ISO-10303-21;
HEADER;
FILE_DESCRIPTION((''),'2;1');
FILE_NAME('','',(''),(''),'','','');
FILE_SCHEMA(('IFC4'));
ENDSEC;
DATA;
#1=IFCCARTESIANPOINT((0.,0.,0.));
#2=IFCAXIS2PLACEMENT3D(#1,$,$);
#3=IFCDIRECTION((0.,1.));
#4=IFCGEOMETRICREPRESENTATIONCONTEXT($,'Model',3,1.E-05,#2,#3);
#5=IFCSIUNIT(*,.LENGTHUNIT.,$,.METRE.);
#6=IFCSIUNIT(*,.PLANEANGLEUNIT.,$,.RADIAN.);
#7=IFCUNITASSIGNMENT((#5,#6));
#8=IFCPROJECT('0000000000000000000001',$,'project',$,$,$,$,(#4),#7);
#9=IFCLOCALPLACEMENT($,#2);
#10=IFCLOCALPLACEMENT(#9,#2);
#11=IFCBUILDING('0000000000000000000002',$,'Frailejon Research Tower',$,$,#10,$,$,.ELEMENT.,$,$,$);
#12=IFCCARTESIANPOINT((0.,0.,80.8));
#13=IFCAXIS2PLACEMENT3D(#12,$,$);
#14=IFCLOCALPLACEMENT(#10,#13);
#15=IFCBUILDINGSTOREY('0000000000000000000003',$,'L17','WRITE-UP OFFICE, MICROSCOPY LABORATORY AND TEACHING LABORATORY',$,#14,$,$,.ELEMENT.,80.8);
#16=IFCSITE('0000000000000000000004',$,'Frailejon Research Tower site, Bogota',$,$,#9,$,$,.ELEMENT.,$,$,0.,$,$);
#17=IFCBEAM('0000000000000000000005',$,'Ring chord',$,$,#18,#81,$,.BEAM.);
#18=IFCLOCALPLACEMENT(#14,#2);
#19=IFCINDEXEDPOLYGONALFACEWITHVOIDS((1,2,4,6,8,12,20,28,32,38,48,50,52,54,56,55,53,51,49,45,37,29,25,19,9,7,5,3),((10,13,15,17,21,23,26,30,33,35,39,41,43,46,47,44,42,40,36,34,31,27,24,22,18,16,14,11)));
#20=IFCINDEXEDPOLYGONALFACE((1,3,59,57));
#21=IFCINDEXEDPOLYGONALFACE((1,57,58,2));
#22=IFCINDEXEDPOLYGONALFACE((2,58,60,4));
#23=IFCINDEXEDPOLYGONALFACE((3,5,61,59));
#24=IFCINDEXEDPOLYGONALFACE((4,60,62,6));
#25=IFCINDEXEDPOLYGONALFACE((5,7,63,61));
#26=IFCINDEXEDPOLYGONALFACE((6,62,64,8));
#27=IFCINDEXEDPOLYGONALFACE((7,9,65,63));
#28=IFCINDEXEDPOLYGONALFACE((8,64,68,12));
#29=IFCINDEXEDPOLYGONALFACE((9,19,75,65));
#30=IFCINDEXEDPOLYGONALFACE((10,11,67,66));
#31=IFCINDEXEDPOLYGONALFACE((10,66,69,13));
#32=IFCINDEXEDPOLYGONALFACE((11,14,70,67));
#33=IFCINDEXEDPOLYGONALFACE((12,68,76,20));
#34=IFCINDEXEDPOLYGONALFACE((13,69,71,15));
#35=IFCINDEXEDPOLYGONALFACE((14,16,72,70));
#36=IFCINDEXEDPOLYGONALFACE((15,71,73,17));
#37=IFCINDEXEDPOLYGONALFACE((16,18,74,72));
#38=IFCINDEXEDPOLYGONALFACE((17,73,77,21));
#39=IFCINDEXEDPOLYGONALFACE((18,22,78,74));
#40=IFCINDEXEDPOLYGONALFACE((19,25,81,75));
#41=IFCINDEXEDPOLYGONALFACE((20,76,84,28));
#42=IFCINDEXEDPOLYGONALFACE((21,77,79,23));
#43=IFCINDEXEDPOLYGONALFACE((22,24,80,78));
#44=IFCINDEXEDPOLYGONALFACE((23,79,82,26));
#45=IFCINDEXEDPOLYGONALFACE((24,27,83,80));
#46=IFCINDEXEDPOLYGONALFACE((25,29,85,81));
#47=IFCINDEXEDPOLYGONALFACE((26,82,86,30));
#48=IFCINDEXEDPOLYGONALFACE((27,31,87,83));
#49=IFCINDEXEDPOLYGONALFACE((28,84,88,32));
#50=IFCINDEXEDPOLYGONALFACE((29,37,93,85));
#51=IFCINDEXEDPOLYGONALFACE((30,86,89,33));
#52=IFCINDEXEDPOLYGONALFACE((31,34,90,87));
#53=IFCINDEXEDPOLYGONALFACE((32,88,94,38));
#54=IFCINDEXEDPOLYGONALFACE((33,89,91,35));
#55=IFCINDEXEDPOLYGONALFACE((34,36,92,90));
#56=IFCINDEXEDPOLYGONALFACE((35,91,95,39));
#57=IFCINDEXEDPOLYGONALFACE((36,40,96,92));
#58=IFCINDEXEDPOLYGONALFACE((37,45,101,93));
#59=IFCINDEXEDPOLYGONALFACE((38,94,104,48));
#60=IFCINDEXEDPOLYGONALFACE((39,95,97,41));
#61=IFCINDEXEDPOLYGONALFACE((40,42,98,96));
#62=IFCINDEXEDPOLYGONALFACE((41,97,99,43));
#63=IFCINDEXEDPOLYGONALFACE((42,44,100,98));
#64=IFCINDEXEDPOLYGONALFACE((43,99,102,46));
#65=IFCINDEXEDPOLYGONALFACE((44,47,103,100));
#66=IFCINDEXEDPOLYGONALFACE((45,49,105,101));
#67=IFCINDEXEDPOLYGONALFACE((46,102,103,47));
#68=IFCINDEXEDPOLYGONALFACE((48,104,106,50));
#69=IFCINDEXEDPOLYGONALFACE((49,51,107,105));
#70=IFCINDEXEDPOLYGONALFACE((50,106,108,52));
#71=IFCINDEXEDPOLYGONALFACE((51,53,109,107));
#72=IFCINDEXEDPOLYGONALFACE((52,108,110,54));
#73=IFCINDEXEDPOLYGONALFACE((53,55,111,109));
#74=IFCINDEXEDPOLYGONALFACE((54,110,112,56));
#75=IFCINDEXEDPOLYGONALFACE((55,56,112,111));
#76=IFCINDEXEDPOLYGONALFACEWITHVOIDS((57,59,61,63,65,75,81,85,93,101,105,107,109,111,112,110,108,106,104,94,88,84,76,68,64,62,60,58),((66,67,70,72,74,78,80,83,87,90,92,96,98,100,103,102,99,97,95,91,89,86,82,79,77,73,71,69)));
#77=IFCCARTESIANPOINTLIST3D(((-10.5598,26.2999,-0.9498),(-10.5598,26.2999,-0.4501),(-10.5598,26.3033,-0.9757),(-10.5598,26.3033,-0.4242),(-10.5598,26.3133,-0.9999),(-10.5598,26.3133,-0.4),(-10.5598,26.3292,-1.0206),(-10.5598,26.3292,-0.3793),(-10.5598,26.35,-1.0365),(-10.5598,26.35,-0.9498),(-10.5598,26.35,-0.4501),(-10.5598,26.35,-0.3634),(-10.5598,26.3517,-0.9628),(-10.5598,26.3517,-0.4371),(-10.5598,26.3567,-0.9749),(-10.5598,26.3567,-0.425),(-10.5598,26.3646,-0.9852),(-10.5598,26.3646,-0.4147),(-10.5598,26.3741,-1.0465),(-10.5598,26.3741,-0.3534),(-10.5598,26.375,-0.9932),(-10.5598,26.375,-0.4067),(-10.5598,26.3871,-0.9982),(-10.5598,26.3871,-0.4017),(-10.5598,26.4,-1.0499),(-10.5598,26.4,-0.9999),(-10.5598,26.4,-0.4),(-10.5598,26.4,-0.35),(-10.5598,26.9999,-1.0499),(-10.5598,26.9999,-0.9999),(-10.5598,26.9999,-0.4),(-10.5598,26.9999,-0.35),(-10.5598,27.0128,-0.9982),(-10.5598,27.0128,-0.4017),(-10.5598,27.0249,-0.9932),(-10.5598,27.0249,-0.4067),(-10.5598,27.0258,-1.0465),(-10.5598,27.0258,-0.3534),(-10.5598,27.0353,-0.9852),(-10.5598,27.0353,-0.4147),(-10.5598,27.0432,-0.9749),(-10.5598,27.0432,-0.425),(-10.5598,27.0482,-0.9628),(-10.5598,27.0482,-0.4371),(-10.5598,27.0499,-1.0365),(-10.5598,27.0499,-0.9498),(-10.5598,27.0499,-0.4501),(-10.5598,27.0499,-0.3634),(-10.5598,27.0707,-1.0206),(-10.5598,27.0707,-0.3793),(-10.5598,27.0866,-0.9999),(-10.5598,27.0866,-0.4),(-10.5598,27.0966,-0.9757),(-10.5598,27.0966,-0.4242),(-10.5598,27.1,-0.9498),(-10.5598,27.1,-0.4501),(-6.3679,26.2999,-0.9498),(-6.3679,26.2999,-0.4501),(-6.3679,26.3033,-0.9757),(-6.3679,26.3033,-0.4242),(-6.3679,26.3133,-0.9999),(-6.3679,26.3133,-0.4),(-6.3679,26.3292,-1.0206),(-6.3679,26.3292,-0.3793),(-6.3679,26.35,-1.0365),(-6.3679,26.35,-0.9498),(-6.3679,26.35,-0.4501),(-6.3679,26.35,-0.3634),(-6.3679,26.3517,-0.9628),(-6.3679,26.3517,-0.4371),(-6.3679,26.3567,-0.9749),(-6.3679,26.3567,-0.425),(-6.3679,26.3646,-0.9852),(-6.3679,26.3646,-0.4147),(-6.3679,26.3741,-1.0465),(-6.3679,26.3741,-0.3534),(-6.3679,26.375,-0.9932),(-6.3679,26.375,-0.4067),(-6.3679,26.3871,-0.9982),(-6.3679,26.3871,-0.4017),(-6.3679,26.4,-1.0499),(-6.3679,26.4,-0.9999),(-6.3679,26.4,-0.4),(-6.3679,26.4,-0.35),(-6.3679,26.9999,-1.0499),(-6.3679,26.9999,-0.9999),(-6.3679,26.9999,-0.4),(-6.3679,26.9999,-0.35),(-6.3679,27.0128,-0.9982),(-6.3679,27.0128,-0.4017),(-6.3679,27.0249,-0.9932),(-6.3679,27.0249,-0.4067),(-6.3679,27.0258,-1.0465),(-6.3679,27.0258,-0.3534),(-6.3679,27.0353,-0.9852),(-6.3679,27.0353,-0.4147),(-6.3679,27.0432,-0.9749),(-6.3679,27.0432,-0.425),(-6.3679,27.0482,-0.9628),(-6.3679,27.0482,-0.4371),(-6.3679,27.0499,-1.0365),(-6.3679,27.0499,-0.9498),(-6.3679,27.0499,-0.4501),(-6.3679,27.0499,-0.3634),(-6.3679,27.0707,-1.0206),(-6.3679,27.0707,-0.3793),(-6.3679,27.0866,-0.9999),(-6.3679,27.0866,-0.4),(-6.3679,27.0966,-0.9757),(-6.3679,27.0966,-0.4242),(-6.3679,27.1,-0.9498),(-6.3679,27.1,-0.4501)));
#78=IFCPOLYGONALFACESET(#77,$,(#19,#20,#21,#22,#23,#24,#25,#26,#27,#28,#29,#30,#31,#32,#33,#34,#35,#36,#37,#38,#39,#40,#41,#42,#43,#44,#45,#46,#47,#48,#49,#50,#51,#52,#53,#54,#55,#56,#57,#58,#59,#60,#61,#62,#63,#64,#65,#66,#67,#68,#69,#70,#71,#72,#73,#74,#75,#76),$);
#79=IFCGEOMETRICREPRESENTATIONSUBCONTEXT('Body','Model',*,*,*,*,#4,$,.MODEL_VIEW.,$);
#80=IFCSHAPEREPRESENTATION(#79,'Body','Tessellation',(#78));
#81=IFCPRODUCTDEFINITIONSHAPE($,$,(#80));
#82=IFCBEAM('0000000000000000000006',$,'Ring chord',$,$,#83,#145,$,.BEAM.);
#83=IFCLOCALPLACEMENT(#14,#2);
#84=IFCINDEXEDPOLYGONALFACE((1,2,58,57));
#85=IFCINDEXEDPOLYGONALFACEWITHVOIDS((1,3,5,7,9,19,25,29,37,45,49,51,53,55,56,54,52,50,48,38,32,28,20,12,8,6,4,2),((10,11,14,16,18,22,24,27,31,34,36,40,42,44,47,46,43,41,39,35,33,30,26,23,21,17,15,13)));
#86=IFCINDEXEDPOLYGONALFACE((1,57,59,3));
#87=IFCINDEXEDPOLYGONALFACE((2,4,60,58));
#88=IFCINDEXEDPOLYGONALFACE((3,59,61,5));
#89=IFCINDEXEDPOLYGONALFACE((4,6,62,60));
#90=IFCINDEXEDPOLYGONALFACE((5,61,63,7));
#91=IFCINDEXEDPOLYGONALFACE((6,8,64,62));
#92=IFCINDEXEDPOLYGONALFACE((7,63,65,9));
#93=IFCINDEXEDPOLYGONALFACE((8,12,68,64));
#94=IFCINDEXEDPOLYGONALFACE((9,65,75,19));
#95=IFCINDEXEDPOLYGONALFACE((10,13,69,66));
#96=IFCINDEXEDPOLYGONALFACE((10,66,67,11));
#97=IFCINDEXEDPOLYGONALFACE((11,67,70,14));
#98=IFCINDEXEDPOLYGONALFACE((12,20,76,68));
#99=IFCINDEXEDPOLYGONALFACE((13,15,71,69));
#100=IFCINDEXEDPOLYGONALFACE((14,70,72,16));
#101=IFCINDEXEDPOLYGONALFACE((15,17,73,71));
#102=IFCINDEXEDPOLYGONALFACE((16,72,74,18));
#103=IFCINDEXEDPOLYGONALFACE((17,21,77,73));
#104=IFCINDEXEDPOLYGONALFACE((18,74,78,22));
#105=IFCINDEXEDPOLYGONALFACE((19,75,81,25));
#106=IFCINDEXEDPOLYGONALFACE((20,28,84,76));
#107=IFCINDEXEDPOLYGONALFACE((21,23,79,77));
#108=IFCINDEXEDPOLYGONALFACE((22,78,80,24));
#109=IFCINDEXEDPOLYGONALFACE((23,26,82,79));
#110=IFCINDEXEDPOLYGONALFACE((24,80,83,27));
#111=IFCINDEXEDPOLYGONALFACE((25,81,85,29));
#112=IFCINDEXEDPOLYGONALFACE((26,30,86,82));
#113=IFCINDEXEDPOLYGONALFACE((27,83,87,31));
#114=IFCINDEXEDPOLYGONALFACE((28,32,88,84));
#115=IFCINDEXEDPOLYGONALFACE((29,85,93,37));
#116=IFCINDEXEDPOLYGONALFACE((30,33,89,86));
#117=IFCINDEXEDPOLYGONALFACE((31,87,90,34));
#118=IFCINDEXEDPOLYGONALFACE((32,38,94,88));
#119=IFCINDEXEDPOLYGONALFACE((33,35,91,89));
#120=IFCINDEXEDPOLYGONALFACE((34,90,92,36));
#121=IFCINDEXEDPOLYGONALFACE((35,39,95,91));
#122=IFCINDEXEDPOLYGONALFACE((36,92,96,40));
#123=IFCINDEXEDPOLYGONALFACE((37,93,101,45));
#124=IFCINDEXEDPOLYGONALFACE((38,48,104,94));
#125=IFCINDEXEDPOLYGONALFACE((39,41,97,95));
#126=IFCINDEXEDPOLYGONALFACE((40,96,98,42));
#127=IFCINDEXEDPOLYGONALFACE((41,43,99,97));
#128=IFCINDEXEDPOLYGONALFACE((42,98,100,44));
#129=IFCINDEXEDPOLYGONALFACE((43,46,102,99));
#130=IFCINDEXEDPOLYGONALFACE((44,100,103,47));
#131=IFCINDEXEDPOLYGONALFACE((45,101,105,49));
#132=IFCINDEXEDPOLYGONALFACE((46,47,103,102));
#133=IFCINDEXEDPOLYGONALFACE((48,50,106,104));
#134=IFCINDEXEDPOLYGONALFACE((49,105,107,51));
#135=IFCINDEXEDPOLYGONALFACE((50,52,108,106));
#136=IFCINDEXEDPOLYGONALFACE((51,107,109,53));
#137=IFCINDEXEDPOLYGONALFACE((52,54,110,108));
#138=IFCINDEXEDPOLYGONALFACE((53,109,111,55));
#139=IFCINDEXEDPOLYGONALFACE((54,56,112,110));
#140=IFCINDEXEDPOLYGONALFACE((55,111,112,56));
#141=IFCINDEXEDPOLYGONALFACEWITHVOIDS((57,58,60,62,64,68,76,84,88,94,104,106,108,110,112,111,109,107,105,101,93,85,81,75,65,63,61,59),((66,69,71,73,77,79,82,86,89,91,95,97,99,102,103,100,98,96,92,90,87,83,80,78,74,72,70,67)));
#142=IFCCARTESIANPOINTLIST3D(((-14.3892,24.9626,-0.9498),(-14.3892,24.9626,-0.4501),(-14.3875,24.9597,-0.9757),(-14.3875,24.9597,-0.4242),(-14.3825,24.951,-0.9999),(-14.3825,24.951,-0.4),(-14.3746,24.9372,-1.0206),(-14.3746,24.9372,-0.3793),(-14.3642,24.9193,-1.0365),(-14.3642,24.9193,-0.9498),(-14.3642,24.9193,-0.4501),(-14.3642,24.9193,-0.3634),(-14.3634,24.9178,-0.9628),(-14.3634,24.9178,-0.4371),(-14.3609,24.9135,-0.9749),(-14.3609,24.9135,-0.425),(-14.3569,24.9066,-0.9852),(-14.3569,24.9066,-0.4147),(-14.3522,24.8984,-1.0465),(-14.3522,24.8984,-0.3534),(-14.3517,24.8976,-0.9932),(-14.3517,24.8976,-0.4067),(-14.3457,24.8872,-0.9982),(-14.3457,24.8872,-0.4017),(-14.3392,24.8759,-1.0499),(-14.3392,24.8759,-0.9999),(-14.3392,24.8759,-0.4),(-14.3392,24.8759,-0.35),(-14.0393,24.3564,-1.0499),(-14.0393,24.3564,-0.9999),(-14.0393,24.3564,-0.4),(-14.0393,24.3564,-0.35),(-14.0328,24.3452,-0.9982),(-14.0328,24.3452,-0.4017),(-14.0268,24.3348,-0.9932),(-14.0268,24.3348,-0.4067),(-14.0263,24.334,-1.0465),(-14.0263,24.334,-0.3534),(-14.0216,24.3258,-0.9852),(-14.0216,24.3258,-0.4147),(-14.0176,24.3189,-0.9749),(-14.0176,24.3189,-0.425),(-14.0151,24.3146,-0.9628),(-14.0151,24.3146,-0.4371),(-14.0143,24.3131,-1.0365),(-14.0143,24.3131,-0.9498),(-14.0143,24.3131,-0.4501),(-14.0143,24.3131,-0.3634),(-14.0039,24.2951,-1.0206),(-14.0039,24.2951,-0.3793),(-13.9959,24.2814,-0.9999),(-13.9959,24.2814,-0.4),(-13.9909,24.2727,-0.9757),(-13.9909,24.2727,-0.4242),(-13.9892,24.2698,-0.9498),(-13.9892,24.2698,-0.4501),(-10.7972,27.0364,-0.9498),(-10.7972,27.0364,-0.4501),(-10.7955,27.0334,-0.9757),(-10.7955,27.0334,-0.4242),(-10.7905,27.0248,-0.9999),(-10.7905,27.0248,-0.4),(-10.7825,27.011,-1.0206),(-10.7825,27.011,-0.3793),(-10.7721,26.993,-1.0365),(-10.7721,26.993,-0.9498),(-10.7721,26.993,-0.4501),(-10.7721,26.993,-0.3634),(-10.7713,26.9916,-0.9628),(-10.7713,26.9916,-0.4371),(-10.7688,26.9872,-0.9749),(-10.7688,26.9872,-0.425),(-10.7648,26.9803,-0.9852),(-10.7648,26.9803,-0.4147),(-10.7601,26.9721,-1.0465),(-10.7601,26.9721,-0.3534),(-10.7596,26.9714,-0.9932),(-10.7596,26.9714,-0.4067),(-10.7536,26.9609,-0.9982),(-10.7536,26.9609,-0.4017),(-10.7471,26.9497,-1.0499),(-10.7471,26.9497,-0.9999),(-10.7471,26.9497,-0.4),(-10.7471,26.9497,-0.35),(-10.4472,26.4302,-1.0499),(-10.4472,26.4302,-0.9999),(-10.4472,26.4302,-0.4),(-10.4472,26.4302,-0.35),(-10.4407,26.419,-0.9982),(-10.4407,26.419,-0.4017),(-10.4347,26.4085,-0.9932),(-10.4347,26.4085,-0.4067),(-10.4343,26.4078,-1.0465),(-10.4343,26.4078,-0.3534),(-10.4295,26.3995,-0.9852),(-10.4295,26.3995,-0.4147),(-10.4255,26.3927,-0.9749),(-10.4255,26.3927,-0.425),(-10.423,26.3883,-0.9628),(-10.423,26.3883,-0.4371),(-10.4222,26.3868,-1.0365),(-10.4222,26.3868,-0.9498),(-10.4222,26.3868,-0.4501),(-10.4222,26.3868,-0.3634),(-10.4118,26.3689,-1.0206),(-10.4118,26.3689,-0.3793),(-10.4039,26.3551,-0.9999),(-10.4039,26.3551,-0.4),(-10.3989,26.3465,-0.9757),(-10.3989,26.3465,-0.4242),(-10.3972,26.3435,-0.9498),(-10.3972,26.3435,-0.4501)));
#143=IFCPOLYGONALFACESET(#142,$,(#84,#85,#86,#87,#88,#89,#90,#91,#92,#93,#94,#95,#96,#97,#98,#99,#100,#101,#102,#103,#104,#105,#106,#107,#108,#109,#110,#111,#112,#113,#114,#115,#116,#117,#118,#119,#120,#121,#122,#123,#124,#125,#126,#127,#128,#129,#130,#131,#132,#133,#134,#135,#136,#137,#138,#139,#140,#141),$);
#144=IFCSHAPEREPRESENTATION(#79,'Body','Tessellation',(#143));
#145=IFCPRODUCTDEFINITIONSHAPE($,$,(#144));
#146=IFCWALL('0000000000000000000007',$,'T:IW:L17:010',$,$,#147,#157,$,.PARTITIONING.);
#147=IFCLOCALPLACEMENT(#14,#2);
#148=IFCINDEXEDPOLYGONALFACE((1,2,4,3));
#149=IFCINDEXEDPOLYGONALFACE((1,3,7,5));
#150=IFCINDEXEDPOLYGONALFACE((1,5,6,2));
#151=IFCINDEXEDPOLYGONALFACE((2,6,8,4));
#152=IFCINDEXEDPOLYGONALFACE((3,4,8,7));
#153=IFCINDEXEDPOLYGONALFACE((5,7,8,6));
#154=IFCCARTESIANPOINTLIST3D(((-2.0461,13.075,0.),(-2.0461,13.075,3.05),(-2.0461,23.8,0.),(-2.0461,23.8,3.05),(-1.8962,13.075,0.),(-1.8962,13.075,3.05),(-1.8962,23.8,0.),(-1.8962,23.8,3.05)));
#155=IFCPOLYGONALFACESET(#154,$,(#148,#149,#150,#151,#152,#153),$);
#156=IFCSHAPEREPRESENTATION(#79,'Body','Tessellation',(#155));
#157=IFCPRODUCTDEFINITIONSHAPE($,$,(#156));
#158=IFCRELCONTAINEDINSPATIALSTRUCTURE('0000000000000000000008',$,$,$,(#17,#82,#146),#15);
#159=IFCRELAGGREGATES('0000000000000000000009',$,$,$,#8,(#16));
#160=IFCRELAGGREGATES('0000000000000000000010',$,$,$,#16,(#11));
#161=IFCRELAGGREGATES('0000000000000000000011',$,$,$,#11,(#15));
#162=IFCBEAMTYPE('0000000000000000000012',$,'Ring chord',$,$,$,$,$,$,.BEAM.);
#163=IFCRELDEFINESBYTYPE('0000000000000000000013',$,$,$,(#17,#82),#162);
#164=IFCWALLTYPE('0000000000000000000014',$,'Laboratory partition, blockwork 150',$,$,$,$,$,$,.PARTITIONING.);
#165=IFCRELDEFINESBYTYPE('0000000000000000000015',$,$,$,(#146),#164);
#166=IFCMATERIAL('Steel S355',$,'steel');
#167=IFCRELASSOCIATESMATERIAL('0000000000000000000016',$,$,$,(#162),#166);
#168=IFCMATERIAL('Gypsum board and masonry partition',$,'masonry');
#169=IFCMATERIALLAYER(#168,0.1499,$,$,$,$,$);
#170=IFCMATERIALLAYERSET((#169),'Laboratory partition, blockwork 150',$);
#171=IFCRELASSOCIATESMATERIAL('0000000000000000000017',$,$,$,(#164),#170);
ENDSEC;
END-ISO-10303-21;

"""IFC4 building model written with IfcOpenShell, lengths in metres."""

from ifc_helpers import new_model, si_unit, direction, frame, frame_2d, origin, origin_2d, place, context, subcontext, project, spatial, rectangle, hollow_rectangle, extrude, material, layer, layer_set, material_profile, profile_set, type_object, element, save


model = new_model("IFC4")

# Units and contexts
model_context = context("Model", 3, precision=1e-05, world=origin(), true_north=direction((0.0, 1.0)))
body_context = subcontext(model_context, "Body", "Model", "MODEL_VIEW")
ifc_project = project(units=[si_unit("LENGTHUNIT", "METRE"), si_unit("PLANEANGLEUNIT", "RADIAN")], contexts=[model_context])

# Site, building, storey
site_placement = place(None, origin())
site = spatial("IfcSite", under=ifc_project, at=site_placement, Name="Frailejon Research Tower site, Bogota", CompositionType="ELEMENT", RefElevation=0.0)
building_placement = place(site_placement, origin())
building = spatial("IfcBuilding", under=site, at=building_placement, Name="Frailejon Research Tower", CompositionType="ELEMENT")
storey_placement = place(building_placement, frame((0.0, 0.0, 80.8)))
storey = spatial("IfcBuildingStorey", under=building, at=storey_placement, Name="L17", Description="WRITE-UP OFFICE, MICROSCOPY LABORATORY AND TEACHING LABORATORY", CompositionType="ELEMENT", Elevation=80.8)

# Beams
ifc_material_1 = material(Name="Steel S355", Category="steel")
ifc_material_profile_1 = material_profile(ifc_material_1, hollow_rectangle(XDim=0.8, YDim=0.7, WallThickness=0.05, InnerFilletRadius=0.05, OuterFilletRadius=0.1001, at=origin_2d()), Name="Ring chord")
ifc_profile_set_1 = profile_set([ifc_material_profile_1], Name="Steel S355")
beam_type_1 = type_object("IfcBeamType", Name="Ring chord", PredefinedType="BEAM", material=ifc_profile_set_1)
for number, where, z_axis, x_axis, name in (
    (1, (-6.3679, 26.7, -0.7), (-1.0, 0.0, 0.0), (0.0, -1.0, 0.0), "Ring chord"),
):
    element("IfcBeam", number, at=place(storey_placement, frame(where, z_axis=z_axis, x_axis=x_axis)), inside=storey, type_object=beam_type_1, Name=name, PredefinedType="BEAM", context=body_context, shape_type="SweptSolid", body=[
        extrude(hollow_rectangle(XDim=0.8, YDim=0.7, WallThickness=0.05, InnerFilletRadius=0.05, OuterFilletRadius=0.1001, at=origin_2d()), origin(), (0.0, 0.0, 1.0), 4.1919),
    ])
beam_1_placement = place(storey_placement, frame((-10.5972, 26.6899, -0.7), z_axis=(-0.86604, -0.499976, 0.0), x_axis=(0.499976, -0.86604, 0.0)))
element("IfcBeam", 2, at=beam_1_placement, inside=storey, type_object=beam_type_1, Name="Ring chord", PredefinedType="BEAM", context=body_context, shape_type="SweptSolid", body=[
    extrude(hollow_rectangle(XDim=0.8, YDim=0.7, WallThickness=0.05, InnerFilletRadius=0.05, OuterFilletRadius=0.1001, at=origin_2d()), origin(), (0.0, 0.0, 1.0), 4.1477),
])

# Wall
ifc_material_2 = material(Name="Gypsum board and masonry partition", Category="masonry")
ifc_layer_1 = layer(ifc_material_2, 0.1499)
ifc_layer_set_1 = layer_set([ifc_layer_1], Name="Laboratory partition, blockwork 150")
wall_type_1 = type_object("IfcWallType", Name="Laboratory partition, blockwork 150", PredefinedType="PARTITIONING", material=ifc_layer_set_1)
wall_1_placement = place(storey_placement, frame((-1.9712, 13.075, 0.0), z_axis=(0.0, 0.0, 1.0), x_axis=(0.0, 1.0, 0.0)))
element("IfcWall", 3, at=wall_1_placement, inside=storey, type_object=wall_type_1, Name="T:IW:L17:010", PredefinedType="PARTITIONING", context=body_context, shape_type="SweptSolid", body=[
    extrude(rectangle(XDim=10.7251, YDim=0.1499, at=frame_2d((5.3625, 0.0))), origin(), (0.0, 0.0, 1.0), 3.05),
])

save(model, "model.ifc")
